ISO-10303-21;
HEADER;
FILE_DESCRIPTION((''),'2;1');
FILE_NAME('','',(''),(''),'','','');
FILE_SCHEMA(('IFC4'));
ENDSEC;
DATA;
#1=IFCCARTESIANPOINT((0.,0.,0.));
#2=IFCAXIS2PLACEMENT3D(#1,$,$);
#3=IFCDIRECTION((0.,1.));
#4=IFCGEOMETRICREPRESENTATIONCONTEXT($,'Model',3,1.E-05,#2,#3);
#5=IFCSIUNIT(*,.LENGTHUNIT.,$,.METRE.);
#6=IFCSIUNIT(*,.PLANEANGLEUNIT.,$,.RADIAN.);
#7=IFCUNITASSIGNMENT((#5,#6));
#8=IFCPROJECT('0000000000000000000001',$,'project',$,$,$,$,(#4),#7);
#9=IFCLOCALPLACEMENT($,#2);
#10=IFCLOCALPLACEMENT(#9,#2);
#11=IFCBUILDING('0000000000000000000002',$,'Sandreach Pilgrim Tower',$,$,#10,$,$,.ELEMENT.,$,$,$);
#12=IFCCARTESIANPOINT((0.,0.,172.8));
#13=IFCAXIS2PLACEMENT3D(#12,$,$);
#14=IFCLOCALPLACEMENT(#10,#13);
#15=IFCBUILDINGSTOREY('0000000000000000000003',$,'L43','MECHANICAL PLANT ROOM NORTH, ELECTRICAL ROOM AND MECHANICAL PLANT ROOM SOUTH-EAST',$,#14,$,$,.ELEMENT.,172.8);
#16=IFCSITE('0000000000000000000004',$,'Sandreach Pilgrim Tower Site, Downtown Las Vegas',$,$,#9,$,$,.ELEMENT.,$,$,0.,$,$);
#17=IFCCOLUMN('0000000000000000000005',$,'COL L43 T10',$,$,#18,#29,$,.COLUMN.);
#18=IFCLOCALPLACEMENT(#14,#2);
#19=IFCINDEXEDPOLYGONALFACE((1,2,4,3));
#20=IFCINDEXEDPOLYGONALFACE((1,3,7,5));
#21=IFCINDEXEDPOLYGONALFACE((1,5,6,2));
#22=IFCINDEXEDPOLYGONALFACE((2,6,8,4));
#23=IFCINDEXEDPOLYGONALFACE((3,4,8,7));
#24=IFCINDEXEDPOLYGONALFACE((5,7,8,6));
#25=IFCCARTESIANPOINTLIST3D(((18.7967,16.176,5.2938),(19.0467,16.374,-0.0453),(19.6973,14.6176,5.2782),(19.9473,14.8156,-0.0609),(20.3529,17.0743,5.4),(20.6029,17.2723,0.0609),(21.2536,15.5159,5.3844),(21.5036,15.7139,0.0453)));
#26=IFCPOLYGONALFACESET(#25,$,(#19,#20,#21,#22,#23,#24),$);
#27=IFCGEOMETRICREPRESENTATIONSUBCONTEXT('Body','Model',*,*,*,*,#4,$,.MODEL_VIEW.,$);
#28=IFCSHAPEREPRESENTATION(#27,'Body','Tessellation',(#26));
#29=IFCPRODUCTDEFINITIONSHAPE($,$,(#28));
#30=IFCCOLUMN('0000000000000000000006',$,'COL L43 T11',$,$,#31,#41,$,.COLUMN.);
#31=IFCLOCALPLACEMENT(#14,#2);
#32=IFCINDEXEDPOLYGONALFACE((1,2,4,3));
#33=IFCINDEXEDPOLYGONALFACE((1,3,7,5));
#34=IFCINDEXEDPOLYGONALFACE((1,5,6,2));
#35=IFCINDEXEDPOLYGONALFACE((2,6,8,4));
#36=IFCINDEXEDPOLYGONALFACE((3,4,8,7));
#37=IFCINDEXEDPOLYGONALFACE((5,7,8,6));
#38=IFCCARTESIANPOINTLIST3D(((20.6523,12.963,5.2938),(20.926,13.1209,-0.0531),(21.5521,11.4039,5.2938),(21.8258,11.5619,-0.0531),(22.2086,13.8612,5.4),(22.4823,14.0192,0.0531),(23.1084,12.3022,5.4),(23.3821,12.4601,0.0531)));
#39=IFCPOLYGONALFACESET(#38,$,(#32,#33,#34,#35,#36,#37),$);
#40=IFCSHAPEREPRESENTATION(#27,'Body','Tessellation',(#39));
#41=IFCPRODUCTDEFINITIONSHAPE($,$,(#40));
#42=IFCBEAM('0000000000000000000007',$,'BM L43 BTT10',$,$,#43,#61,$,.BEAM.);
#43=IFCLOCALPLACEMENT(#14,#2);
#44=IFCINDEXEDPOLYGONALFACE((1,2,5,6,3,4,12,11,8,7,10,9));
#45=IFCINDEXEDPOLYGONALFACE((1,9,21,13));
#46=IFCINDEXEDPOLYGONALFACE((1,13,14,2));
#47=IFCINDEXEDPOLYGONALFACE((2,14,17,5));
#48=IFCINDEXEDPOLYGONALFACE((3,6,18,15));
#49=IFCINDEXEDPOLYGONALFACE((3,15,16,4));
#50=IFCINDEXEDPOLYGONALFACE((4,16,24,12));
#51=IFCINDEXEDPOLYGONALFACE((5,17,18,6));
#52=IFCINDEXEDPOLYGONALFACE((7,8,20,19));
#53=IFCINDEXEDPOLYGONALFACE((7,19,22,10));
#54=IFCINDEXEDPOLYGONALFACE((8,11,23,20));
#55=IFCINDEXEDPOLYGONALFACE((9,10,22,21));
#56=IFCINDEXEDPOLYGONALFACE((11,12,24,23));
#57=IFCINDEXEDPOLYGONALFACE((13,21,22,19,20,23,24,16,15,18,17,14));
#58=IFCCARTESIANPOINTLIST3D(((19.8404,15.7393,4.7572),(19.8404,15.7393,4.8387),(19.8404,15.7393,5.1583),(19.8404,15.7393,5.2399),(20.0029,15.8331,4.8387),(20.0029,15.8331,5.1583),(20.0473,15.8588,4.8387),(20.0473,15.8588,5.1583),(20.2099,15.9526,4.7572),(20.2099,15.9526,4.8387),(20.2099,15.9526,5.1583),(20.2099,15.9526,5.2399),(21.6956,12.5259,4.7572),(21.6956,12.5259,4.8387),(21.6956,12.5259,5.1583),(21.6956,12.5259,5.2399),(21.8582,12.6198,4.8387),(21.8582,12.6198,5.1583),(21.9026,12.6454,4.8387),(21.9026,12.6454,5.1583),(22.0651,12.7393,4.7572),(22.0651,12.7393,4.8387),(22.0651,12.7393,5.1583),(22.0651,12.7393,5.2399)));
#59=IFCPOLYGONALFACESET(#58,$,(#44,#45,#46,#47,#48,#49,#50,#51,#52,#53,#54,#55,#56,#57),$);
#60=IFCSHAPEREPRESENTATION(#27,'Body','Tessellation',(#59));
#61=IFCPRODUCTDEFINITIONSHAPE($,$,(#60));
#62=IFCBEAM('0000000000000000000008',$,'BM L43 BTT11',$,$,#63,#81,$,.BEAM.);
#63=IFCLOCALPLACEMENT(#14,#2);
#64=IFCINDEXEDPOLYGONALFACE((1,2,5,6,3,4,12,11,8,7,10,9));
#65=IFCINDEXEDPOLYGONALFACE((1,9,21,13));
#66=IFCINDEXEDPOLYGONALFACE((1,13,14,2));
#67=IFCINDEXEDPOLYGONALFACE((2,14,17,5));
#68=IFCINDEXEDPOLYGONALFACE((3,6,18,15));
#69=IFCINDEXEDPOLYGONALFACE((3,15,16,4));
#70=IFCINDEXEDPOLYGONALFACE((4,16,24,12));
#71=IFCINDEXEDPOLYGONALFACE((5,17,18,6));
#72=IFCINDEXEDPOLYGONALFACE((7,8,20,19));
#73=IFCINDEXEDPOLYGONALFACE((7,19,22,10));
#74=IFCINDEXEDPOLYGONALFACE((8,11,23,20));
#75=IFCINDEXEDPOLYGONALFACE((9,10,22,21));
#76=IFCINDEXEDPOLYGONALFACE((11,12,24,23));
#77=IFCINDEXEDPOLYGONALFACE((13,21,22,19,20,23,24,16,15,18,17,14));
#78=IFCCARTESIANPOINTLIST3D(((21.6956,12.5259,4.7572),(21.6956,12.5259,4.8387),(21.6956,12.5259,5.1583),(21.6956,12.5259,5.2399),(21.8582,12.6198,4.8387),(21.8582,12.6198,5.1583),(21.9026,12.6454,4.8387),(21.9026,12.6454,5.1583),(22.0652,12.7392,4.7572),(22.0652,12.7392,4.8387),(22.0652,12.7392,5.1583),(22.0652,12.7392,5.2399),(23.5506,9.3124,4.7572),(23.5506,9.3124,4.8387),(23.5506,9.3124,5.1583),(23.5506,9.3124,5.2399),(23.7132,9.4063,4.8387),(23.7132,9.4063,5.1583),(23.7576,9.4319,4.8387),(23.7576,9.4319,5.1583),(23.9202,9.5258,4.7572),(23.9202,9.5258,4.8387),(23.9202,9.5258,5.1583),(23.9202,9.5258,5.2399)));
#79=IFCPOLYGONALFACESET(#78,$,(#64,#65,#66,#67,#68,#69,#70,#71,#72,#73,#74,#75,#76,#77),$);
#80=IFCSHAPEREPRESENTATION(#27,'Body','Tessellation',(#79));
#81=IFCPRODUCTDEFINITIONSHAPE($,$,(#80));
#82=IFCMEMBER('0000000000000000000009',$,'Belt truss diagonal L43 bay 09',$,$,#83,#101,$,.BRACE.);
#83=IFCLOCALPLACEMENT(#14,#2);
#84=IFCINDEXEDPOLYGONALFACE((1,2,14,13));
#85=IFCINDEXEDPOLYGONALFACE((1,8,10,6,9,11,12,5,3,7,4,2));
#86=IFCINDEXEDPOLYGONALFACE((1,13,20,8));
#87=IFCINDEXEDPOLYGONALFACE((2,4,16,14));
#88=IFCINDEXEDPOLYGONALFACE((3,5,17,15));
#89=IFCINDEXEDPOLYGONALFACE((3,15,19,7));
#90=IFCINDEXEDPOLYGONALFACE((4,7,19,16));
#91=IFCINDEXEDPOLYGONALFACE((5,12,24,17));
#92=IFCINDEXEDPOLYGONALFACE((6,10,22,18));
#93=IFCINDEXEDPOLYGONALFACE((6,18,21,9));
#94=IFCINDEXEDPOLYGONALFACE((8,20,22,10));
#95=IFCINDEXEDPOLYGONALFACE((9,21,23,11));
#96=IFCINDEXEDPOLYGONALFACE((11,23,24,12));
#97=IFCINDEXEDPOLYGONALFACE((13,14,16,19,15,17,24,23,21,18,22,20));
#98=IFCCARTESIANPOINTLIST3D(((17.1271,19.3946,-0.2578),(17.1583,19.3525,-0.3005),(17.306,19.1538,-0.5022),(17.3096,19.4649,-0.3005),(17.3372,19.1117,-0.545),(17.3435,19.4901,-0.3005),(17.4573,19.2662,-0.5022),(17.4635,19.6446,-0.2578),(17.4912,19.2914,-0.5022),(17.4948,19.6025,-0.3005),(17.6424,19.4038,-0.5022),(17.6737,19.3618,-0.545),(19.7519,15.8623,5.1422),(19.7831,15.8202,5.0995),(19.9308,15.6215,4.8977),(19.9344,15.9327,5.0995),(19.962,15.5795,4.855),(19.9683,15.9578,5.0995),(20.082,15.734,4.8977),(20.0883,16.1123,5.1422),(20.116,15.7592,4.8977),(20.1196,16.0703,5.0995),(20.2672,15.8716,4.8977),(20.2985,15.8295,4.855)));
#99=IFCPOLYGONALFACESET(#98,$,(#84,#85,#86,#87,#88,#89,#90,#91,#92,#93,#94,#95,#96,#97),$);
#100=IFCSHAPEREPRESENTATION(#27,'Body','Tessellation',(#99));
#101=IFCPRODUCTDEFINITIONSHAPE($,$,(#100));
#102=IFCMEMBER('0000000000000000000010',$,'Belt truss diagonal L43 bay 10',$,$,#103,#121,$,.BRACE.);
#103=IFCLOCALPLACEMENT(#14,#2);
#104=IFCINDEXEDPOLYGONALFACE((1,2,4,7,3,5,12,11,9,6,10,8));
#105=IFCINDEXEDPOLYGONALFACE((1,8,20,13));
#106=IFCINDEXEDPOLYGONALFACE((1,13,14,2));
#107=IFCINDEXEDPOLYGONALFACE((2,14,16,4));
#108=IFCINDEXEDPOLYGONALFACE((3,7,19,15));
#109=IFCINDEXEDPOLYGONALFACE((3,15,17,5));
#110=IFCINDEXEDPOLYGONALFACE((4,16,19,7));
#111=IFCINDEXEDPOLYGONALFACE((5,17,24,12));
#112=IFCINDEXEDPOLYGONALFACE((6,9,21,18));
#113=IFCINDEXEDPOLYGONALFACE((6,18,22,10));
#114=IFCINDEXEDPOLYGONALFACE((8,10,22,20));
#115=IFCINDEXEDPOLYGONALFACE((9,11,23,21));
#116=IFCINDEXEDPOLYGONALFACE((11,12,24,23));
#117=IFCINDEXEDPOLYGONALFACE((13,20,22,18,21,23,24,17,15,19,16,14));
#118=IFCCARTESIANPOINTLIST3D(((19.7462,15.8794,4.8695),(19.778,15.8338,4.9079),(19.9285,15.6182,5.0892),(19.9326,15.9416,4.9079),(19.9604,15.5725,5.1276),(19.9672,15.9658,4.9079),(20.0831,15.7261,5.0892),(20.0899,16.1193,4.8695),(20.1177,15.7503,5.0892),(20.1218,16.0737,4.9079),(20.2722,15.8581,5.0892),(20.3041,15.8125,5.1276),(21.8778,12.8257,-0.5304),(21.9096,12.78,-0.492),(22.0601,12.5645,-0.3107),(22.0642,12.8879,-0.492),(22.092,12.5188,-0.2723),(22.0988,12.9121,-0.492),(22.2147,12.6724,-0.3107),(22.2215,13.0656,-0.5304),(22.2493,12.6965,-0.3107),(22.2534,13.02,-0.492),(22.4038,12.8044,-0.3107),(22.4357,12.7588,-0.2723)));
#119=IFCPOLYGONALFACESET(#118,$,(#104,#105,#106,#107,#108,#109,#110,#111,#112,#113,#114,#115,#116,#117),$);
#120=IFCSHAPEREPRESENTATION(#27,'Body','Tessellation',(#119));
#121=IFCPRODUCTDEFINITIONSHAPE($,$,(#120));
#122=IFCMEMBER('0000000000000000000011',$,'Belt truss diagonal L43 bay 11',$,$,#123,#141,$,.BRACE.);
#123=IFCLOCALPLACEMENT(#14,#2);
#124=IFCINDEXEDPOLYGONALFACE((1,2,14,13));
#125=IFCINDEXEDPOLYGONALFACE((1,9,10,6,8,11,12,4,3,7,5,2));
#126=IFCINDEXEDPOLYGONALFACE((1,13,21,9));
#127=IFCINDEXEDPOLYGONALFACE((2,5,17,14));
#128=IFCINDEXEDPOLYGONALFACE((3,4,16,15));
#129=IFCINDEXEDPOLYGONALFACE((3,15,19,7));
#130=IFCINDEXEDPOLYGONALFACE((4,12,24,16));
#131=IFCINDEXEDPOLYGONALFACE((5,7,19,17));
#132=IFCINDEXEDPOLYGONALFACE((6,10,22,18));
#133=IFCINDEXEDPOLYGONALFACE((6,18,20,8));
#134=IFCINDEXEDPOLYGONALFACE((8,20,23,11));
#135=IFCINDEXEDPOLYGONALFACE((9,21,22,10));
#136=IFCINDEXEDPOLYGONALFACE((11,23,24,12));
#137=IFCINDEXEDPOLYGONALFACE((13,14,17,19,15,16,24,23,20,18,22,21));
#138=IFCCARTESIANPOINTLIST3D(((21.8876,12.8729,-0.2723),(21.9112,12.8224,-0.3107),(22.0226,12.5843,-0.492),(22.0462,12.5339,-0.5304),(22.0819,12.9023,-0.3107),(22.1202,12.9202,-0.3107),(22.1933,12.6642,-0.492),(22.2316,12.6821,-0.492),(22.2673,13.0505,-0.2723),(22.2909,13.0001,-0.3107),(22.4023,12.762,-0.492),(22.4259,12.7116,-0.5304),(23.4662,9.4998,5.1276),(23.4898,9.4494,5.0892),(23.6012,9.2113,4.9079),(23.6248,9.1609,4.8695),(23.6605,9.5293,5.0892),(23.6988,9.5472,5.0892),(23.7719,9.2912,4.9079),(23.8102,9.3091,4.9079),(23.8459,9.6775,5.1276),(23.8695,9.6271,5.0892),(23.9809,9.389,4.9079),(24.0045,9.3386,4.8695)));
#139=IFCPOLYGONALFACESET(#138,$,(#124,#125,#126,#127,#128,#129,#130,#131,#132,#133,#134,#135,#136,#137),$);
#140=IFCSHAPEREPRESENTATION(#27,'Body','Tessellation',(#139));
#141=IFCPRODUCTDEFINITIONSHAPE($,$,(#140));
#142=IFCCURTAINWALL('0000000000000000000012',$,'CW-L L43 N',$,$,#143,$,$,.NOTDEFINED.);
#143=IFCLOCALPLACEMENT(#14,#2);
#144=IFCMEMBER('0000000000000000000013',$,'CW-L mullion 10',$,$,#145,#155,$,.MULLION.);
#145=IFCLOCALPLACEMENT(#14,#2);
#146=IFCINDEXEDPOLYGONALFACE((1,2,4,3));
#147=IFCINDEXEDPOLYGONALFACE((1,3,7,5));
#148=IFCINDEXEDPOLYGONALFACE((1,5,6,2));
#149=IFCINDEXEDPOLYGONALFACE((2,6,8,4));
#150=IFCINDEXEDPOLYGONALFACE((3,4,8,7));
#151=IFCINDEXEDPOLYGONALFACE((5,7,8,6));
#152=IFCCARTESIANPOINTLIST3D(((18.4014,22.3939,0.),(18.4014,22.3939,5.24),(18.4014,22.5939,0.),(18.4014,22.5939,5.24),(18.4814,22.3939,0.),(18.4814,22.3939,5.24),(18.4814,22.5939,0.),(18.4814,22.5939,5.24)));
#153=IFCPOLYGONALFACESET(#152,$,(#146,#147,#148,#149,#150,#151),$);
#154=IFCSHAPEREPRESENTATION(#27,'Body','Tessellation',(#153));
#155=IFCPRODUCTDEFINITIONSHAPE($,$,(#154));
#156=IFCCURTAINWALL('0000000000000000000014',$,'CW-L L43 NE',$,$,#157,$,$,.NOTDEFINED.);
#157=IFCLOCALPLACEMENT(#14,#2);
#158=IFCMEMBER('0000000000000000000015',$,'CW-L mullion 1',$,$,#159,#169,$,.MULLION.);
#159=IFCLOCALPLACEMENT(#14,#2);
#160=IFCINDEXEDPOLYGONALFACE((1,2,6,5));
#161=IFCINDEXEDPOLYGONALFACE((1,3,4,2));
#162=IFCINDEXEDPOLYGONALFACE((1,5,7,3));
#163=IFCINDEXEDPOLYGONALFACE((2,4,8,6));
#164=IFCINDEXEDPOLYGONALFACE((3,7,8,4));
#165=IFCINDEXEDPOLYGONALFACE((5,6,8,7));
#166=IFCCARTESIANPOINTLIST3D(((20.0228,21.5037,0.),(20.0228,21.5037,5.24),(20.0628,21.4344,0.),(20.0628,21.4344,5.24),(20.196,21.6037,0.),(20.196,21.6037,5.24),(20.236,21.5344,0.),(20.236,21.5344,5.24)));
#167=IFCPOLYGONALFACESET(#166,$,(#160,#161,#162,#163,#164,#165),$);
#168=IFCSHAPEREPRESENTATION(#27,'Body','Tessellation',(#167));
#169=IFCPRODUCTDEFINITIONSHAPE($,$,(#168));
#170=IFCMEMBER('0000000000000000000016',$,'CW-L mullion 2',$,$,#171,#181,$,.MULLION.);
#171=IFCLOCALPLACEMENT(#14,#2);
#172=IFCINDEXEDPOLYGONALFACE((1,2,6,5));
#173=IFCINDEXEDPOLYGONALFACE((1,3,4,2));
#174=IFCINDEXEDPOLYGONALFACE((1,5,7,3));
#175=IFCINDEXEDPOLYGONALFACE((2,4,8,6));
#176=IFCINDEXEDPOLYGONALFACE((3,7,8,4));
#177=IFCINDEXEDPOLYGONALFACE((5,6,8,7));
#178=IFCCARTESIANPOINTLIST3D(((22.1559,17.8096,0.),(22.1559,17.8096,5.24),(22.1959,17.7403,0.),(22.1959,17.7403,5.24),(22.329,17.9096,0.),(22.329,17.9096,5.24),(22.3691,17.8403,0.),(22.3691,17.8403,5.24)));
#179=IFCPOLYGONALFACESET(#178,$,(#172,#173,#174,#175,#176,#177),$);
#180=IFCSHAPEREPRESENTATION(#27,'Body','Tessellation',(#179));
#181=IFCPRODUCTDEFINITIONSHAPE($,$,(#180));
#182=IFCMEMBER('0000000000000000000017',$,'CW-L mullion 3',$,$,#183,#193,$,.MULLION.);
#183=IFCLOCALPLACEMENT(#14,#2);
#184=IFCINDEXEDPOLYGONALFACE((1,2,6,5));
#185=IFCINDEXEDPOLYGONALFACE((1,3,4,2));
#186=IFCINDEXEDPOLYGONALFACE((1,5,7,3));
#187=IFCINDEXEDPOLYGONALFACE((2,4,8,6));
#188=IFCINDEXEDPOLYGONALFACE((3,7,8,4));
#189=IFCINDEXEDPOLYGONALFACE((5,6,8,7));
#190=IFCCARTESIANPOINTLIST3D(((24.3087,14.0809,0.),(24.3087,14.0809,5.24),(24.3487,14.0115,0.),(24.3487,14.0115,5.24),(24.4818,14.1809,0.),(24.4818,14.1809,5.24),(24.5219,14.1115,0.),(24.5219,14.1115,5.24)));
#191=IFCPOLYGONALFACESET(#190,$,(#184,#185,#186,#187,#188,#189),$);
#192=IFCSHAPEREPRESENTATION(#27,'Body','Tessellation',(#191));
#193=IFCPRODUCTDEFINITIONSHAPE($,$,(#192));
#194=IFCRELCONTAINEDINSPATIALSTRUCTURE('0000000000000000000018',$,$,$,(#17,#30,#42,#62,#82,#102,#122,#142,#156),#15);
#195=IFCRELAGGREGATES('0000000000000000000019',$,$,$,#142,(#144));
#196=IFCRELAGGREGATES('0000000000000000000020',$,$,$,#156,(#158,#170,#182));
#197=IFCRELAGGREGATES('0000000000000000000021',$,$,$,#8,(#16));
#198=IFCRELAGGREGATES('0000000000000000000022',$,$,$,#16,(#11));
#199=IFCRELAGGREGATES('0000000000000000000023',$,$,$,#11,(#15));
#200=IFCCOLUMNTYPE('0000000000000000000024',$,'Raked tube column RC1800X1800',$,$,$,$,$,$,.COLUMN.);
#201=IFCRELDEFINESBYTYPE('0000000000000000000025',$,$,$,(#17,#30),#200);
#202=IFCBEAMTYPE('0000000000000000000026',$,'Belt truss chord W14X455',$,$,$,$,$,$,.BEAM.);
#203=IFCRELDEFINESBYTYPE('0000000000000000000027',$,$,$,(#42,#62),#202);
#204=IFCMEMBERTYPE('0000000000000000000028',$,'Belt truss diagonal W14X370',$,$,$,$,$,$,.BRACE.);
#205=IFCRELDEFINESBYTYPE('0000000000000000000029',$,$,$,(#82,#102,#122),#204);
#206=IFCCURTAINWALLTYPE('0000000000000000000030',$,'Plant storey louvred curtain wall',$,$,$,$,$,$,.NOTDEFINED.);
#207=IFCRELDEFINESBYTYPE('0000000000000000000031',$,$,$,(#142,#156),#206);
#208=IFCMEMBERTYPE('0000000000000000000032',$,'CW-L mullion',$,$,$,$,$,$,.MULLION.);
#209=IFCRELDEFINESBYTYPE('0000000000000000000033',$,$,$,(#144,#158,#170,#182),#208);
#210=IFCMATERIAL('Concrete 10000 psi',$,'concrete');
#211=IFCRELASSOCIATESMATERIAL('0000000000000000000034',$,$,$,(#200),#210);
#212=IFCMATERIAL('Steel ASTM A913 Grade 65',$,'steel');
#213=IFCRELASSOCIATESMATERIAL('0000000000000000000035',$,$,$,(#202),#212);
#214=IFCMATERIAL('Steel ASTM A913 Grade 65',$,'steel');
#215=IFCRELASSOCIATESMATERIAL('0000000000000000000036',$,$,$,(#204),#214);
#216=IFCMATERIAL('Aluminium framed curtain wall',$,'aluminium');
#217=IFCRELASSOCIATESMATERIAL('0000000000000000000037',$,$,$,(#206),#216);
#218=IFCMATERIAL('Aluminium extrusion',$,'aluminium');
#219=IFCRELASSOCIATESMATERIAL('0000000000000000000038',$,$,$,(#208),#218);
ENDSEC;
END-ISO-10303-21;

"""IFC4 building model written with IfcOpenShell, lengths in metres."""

from ifc_helpers import new_model, si_unit, direction, frame, origin, origin_2d, place, context, subcontext, project, spatial, rectangle, i_section, extrude, material, material_profile, profile_set, type_object, element, aggregate, save


model = new_model("IFC4")

# Units and contexts
model_context = context("Model", 3, precision=1e-05, world=origin(), true_north=direction((0.0, 1.0)))
body_context = subcontext(model_context, "Body", "Model", "MODEL_VIEW")
ifc_project = project(units=[si_unit("LENGTHUNIT", "METRE"), si_unit("PLANEANGLEUNIT", "RADIAN")], contexts=[model_context])

# Site, building, storey
site_placement = place(None, origin())
site = spatial("IfcSite", under=ifc_project, at=site_placement, Name="Sandreach Pilgrim Tower Site, Downtown Las Vegas", CompositionType="ELEMENT", RefElevation=0.0)
building_placement = place(site_placement, origin())
building = spatial("IfcBuilding", under=site, at=building_placement, Name="Sandreach Pilgrim Tower", CompositionType="ELEMENT")
storey_placement = place(building_placement, frame((0.0, 0.0, 172.8)))
storey = spatial("IfcBuildingStorey", under=building, at=storey_placement, Name="L43", Description="MECHANICAL PLANT ROOM NORTH, ELECTRICAL ROOM AND MECHANICAL PLANT ROOM SOUTH-EAST", CompositionType="ELEMENT", Elevation=172.8)

# Columns
ifc_material_1 = material(Name="Concrete 10000 psi", Category="concrete")
ifc_material_profile_1 = material_profile(ifc_material_1, rectangle(XDim=1.8, YDim=1.8, at=origin_2d()), Name="RC1800X1800")
ifc_profile_set_1 = profile_set([ifc_material_profile_1], Name="Concrete 10000 psi")
column_type = type_object("IfcColumnType", Name="Raked tube column RC1800X1800", PredefinedType="COLUMN", material=ifc_profile_set_1)
column_1_placement = place(storey_placement, frame((20.2751, 16.0439, 0.0), z_axis=(-0.046741, -0.037018, 0.998221), x_axis=(0.864562, 0.499052, 0.05899)))
element("IfcColumn", 1, at=column_1_placement, inside=storey, type_object=column_type, Name="COL L43 T10", PredefinedType="COLUMN", context=body_context, shape_type="SweptSolid", body=[
    extrude(rectangle(XDim=1.8, YDim=1.8, at=origin_2d()), origin(), (0.0, 0.0, 1.0), 5.3486),
])
column_2_placement = place(storey_placement, frame((22.1541, 12.7905, 0.0), z_axis=(-0.051096, -0.029491, 0.998258), x_axis=(0.864587, 0.499008, 0.058995)))
element("IfcColumn", 2, at=column_2_placement, inside=storey, type_object=column_type, Name="COL L43 T11", PredefinedType="COLUMN", context=body_context, shape_type="SweptSolid", body=[
    extrude(rectangle(XDim=1.8, YDim=1.8, at=origin_2d()), origin(), (0.0, 0.0, 1.0), 5.3562),
])

# Beams
ifc_material_2 = material(Name="Steel ASTM A913 Grade 65", Category="steel")
ifc_material_profile_2 = material_profile(ifc_material_2, i_section(OverallWidth=0.4268, OverallDepth=0.4827, WebThickness=0.0513, FlangeThickness=0.0815, at=origin_2d()), Name="W14X455")
ifc_profile_set_2 = profile_set([ifc_material_profile_2], Name="Steel ASTM A913 Grade 65")
beam_type_1 = type_object("IfcBeamType", Name="Belt truss chord W14X455", PredefinedType="BEAM", material=ifc_profile_set_2)
for number, where, z_axis, x_axis, name in (
    (3, (20.0251, 15.8459, 4.9985), (0.499996, -0.866028, 0.0), (0.866028, 0.499996, 0.0), "BM L43 BTT10"),
    (4, (21.8804, 12.6326, 4.9985), (0.499946, -0.866056, 0.0), (0.866056, 0.499946, 0.0), "BM L43 BTT11"),
):
    element("IfcBeam", number, at=place(storey_placement, frame(where, z_axis=z_axis, x_axis=x_axis)), inside=storey, type_object=beam_type_1, Name=name, PredefinedType="BEAM", context=body_context, shape_type="SweptSolid", body=[
        extrude(i_section(OverallWidth=0.4268, OverallDepth=0.4827, WebThickness=0.0513, FlangeThickness=0.0815, at=origin_2d()), origin(), (0.0, 0.0, 1.0), 3.7104),
    ])

# Members
ifc_material_3 = material(Name="Steel ASTM A913 Grade 65", Category="steel")
ifc_material_profile_3 = material_profile(ifc_material_3, i_section(OverallWidth=0.4192, OverallDepth=0.4546, WebThickness=0.0422, FlangeThickness=0.0676, at=origin_2d()), Name="W14X370")
ifc_profile_set_3 = profile_set([ifc_material_profile_3], Name="Steel ASTM A913 Grade 65")
member_type_1 = type_object("IfcMemberType", Name="Belt truss diagonal W14X370", PredefinedType="BRACE", material=ifc_profile_set_3)
member_1_placement = place(storey_placement, frame((17.4004, 19.3782, -0.4014), z_axis=(0.376796, -0.507068, 0.775182), x_axis=(0.802655, 0.596444, 0.0)))
element("IfcMember", 5, at=member_1_placement, inside=storey, type_object=member_type_1, Name="Belt truss diagonal L43 bay 09", PredefinedType="BRACE", context=body_context, shape_type="SweptSolid", body=[
    extrude(i_section(OverallWidth=0.4192, OverallDepth=0.4546, WebThickness=0.0422, FlangeThickness=0.0676, at=origin_2d()), origin(), (0.0, 0.0, 1.0), 6.9661),
])
for number, where, z_axis, x_axis, name in (
    (6, (20.0251, 15.8459, 4.9985), (0.32496, -0.465536, -0.823212), (0.819989, 0.572379, 0.0), "Belt truss diagonal L43 bay 10"),
    (7, (22.1567, 12.7922, -0.4014), (0.240657, -0.514215, 0.823205), (0.905717, 0.423883, 0.0), "Belt truss diagonal L43 bay 11"),
):
    element("IfcMember", number, at=place(storey_placement, frame(where, z_axis=z_axis, x_axis=x_axis)), inside=storey, type_object=member_type_1, Name=name, PredefinedType="BRACE", context=body_context, shape_type="SweptSolid", body=[
        extrude(i_section(OverallWidth=0.4192, OverallDepth=0.4546, WebThickness=0.0422, FlangeThickness=0.0676, at=origin_2d()), origin(), (0.0, 0.0, 1.0), 6.5596),
    ])

# Curtain wall, member
ifc_material_4 = material(Name="Aluminium framed curtain wall", Category="aluminium")
curtain_wall_type = type_object("IfcCurtainWallType", Name="Plant storey louvred curtain wall", PredefinedType="NOTDEFINED", material=ifc_material_4)
curtain_wall_1_placement = place(storey_placement, origin())
curtain_wall_1 = element("IfcCurtainWall", 8, at=curtain_wall_1_placement, inside=storey, type_object=curtain_wall_type, Name="CW-L L43 N", PredefinedType="NOTDEFINED")
ifc_material_5 = material(Name="Aluminium extrusion", Category="aluminium")
ifc_material_profile_4 = material_profile(ifc_material_5, rectangle(XDim=0.0801, YDim=0.2, at=origin_2d()), Name="CW-LM 80X200")
ifc_profile_set_4 = profile_set([ifc_material_profile_4], Name="Aluminium extrusion")
member_type_2 = type_object("IfcMemberType", Name="CW-L mullion", PredefinedType="MULLION", material=ifc_profile_set_4)
member_2_placement = place(storey_placement, frame((18.4414, 22.4939, 0.0), z_axis=(0.0, 0.0, 1.0), x_axis=(1.0, 0.0, 0.0)))
member_2 = element("IfcMember", 9, at=member_2_placement, type_object=member_type_2, Name="CW-L mullion 10", PredefinedType="MULLION", context=body_context, shape_type="SweptSolid", body=[
    extrude(rectangle(XDim=0.0801, YDim=0.2, at=origin_2d()), origin(), (0.0, 0.0, 1.0), 5.24),
])
aggregate(curtain_wall_1, [member_2])

# Curtain wall, members
curtain_wall_2_placement = place(storey_placement, origin())
curtain_wall_2 = element("IfcCurtainWall", 10, at=curtain_wall_2_placement, inside=storey, type_object=curtain_wall_type, Name="CW-L L43 NE", PredefinedType="NOTDEFINED")
member_3_placement = place(storey_placement, frame((20.1294, 21.519, 0.0), z_axis=(0.0, 0.0, 1.0), x_axis=(0.5, -0.866025, 0.0)))
member_3 = element("IfcMember", 11, at=member_3_placement, type_object=member_type_2, Name="CW-L mullion 1", PredefinedType="MULLION", context=body_context, shape_type="SweptSolid", body=[
    extrude(rectangle(XDim=0.0801, YDim=0.2, at=origin_2d()), origin(), (0.0, 0.0, 1.0), 5.24),
])
member_4_placement = place(storey_placement, frame((22.2625, 17.825, 0.0), z_axis=(0.0, 0.0, 1.0), x_axis=(0.5, -0.866025, 0.0)))
member_4 = element("IfcMember", 12, at=member_4_placement, type_object=member_type_2, Name="CW-L mullion 2", PredefinedType="MULLION", context=body_context, shape_type="SweptSolid", body=[
    extrude(rectangle(XDim=0.0801, YDim=0.2, at=origin_2d()), origin(), (0.0, 0.0, 1.0), 5.24),
])
member_5_placement = place(storey_placement, frame((24.4153, 14.0962, 0.0), z_axis=(0.0, 0.0, 1.0), x_axis=(0.5, -0.866025, 0.0)))
member_5 = element("IfcMember", 13, at=member_5_placement, type_object=member_type_2, Name="CW-L mullion 3", PredefinedType="MULLION", context=body_context, shape_type="SweptSolid", body=[
    extrude(rectangle(XDim=0.0801, YDim=0.2, at=origin_2d()), origin(), (0.0, 0.0, 1.0), 5.24),
])

aggregate(curtain_wall_2, [member_3, member_4, member_5])

save(model, "model.ifc")
